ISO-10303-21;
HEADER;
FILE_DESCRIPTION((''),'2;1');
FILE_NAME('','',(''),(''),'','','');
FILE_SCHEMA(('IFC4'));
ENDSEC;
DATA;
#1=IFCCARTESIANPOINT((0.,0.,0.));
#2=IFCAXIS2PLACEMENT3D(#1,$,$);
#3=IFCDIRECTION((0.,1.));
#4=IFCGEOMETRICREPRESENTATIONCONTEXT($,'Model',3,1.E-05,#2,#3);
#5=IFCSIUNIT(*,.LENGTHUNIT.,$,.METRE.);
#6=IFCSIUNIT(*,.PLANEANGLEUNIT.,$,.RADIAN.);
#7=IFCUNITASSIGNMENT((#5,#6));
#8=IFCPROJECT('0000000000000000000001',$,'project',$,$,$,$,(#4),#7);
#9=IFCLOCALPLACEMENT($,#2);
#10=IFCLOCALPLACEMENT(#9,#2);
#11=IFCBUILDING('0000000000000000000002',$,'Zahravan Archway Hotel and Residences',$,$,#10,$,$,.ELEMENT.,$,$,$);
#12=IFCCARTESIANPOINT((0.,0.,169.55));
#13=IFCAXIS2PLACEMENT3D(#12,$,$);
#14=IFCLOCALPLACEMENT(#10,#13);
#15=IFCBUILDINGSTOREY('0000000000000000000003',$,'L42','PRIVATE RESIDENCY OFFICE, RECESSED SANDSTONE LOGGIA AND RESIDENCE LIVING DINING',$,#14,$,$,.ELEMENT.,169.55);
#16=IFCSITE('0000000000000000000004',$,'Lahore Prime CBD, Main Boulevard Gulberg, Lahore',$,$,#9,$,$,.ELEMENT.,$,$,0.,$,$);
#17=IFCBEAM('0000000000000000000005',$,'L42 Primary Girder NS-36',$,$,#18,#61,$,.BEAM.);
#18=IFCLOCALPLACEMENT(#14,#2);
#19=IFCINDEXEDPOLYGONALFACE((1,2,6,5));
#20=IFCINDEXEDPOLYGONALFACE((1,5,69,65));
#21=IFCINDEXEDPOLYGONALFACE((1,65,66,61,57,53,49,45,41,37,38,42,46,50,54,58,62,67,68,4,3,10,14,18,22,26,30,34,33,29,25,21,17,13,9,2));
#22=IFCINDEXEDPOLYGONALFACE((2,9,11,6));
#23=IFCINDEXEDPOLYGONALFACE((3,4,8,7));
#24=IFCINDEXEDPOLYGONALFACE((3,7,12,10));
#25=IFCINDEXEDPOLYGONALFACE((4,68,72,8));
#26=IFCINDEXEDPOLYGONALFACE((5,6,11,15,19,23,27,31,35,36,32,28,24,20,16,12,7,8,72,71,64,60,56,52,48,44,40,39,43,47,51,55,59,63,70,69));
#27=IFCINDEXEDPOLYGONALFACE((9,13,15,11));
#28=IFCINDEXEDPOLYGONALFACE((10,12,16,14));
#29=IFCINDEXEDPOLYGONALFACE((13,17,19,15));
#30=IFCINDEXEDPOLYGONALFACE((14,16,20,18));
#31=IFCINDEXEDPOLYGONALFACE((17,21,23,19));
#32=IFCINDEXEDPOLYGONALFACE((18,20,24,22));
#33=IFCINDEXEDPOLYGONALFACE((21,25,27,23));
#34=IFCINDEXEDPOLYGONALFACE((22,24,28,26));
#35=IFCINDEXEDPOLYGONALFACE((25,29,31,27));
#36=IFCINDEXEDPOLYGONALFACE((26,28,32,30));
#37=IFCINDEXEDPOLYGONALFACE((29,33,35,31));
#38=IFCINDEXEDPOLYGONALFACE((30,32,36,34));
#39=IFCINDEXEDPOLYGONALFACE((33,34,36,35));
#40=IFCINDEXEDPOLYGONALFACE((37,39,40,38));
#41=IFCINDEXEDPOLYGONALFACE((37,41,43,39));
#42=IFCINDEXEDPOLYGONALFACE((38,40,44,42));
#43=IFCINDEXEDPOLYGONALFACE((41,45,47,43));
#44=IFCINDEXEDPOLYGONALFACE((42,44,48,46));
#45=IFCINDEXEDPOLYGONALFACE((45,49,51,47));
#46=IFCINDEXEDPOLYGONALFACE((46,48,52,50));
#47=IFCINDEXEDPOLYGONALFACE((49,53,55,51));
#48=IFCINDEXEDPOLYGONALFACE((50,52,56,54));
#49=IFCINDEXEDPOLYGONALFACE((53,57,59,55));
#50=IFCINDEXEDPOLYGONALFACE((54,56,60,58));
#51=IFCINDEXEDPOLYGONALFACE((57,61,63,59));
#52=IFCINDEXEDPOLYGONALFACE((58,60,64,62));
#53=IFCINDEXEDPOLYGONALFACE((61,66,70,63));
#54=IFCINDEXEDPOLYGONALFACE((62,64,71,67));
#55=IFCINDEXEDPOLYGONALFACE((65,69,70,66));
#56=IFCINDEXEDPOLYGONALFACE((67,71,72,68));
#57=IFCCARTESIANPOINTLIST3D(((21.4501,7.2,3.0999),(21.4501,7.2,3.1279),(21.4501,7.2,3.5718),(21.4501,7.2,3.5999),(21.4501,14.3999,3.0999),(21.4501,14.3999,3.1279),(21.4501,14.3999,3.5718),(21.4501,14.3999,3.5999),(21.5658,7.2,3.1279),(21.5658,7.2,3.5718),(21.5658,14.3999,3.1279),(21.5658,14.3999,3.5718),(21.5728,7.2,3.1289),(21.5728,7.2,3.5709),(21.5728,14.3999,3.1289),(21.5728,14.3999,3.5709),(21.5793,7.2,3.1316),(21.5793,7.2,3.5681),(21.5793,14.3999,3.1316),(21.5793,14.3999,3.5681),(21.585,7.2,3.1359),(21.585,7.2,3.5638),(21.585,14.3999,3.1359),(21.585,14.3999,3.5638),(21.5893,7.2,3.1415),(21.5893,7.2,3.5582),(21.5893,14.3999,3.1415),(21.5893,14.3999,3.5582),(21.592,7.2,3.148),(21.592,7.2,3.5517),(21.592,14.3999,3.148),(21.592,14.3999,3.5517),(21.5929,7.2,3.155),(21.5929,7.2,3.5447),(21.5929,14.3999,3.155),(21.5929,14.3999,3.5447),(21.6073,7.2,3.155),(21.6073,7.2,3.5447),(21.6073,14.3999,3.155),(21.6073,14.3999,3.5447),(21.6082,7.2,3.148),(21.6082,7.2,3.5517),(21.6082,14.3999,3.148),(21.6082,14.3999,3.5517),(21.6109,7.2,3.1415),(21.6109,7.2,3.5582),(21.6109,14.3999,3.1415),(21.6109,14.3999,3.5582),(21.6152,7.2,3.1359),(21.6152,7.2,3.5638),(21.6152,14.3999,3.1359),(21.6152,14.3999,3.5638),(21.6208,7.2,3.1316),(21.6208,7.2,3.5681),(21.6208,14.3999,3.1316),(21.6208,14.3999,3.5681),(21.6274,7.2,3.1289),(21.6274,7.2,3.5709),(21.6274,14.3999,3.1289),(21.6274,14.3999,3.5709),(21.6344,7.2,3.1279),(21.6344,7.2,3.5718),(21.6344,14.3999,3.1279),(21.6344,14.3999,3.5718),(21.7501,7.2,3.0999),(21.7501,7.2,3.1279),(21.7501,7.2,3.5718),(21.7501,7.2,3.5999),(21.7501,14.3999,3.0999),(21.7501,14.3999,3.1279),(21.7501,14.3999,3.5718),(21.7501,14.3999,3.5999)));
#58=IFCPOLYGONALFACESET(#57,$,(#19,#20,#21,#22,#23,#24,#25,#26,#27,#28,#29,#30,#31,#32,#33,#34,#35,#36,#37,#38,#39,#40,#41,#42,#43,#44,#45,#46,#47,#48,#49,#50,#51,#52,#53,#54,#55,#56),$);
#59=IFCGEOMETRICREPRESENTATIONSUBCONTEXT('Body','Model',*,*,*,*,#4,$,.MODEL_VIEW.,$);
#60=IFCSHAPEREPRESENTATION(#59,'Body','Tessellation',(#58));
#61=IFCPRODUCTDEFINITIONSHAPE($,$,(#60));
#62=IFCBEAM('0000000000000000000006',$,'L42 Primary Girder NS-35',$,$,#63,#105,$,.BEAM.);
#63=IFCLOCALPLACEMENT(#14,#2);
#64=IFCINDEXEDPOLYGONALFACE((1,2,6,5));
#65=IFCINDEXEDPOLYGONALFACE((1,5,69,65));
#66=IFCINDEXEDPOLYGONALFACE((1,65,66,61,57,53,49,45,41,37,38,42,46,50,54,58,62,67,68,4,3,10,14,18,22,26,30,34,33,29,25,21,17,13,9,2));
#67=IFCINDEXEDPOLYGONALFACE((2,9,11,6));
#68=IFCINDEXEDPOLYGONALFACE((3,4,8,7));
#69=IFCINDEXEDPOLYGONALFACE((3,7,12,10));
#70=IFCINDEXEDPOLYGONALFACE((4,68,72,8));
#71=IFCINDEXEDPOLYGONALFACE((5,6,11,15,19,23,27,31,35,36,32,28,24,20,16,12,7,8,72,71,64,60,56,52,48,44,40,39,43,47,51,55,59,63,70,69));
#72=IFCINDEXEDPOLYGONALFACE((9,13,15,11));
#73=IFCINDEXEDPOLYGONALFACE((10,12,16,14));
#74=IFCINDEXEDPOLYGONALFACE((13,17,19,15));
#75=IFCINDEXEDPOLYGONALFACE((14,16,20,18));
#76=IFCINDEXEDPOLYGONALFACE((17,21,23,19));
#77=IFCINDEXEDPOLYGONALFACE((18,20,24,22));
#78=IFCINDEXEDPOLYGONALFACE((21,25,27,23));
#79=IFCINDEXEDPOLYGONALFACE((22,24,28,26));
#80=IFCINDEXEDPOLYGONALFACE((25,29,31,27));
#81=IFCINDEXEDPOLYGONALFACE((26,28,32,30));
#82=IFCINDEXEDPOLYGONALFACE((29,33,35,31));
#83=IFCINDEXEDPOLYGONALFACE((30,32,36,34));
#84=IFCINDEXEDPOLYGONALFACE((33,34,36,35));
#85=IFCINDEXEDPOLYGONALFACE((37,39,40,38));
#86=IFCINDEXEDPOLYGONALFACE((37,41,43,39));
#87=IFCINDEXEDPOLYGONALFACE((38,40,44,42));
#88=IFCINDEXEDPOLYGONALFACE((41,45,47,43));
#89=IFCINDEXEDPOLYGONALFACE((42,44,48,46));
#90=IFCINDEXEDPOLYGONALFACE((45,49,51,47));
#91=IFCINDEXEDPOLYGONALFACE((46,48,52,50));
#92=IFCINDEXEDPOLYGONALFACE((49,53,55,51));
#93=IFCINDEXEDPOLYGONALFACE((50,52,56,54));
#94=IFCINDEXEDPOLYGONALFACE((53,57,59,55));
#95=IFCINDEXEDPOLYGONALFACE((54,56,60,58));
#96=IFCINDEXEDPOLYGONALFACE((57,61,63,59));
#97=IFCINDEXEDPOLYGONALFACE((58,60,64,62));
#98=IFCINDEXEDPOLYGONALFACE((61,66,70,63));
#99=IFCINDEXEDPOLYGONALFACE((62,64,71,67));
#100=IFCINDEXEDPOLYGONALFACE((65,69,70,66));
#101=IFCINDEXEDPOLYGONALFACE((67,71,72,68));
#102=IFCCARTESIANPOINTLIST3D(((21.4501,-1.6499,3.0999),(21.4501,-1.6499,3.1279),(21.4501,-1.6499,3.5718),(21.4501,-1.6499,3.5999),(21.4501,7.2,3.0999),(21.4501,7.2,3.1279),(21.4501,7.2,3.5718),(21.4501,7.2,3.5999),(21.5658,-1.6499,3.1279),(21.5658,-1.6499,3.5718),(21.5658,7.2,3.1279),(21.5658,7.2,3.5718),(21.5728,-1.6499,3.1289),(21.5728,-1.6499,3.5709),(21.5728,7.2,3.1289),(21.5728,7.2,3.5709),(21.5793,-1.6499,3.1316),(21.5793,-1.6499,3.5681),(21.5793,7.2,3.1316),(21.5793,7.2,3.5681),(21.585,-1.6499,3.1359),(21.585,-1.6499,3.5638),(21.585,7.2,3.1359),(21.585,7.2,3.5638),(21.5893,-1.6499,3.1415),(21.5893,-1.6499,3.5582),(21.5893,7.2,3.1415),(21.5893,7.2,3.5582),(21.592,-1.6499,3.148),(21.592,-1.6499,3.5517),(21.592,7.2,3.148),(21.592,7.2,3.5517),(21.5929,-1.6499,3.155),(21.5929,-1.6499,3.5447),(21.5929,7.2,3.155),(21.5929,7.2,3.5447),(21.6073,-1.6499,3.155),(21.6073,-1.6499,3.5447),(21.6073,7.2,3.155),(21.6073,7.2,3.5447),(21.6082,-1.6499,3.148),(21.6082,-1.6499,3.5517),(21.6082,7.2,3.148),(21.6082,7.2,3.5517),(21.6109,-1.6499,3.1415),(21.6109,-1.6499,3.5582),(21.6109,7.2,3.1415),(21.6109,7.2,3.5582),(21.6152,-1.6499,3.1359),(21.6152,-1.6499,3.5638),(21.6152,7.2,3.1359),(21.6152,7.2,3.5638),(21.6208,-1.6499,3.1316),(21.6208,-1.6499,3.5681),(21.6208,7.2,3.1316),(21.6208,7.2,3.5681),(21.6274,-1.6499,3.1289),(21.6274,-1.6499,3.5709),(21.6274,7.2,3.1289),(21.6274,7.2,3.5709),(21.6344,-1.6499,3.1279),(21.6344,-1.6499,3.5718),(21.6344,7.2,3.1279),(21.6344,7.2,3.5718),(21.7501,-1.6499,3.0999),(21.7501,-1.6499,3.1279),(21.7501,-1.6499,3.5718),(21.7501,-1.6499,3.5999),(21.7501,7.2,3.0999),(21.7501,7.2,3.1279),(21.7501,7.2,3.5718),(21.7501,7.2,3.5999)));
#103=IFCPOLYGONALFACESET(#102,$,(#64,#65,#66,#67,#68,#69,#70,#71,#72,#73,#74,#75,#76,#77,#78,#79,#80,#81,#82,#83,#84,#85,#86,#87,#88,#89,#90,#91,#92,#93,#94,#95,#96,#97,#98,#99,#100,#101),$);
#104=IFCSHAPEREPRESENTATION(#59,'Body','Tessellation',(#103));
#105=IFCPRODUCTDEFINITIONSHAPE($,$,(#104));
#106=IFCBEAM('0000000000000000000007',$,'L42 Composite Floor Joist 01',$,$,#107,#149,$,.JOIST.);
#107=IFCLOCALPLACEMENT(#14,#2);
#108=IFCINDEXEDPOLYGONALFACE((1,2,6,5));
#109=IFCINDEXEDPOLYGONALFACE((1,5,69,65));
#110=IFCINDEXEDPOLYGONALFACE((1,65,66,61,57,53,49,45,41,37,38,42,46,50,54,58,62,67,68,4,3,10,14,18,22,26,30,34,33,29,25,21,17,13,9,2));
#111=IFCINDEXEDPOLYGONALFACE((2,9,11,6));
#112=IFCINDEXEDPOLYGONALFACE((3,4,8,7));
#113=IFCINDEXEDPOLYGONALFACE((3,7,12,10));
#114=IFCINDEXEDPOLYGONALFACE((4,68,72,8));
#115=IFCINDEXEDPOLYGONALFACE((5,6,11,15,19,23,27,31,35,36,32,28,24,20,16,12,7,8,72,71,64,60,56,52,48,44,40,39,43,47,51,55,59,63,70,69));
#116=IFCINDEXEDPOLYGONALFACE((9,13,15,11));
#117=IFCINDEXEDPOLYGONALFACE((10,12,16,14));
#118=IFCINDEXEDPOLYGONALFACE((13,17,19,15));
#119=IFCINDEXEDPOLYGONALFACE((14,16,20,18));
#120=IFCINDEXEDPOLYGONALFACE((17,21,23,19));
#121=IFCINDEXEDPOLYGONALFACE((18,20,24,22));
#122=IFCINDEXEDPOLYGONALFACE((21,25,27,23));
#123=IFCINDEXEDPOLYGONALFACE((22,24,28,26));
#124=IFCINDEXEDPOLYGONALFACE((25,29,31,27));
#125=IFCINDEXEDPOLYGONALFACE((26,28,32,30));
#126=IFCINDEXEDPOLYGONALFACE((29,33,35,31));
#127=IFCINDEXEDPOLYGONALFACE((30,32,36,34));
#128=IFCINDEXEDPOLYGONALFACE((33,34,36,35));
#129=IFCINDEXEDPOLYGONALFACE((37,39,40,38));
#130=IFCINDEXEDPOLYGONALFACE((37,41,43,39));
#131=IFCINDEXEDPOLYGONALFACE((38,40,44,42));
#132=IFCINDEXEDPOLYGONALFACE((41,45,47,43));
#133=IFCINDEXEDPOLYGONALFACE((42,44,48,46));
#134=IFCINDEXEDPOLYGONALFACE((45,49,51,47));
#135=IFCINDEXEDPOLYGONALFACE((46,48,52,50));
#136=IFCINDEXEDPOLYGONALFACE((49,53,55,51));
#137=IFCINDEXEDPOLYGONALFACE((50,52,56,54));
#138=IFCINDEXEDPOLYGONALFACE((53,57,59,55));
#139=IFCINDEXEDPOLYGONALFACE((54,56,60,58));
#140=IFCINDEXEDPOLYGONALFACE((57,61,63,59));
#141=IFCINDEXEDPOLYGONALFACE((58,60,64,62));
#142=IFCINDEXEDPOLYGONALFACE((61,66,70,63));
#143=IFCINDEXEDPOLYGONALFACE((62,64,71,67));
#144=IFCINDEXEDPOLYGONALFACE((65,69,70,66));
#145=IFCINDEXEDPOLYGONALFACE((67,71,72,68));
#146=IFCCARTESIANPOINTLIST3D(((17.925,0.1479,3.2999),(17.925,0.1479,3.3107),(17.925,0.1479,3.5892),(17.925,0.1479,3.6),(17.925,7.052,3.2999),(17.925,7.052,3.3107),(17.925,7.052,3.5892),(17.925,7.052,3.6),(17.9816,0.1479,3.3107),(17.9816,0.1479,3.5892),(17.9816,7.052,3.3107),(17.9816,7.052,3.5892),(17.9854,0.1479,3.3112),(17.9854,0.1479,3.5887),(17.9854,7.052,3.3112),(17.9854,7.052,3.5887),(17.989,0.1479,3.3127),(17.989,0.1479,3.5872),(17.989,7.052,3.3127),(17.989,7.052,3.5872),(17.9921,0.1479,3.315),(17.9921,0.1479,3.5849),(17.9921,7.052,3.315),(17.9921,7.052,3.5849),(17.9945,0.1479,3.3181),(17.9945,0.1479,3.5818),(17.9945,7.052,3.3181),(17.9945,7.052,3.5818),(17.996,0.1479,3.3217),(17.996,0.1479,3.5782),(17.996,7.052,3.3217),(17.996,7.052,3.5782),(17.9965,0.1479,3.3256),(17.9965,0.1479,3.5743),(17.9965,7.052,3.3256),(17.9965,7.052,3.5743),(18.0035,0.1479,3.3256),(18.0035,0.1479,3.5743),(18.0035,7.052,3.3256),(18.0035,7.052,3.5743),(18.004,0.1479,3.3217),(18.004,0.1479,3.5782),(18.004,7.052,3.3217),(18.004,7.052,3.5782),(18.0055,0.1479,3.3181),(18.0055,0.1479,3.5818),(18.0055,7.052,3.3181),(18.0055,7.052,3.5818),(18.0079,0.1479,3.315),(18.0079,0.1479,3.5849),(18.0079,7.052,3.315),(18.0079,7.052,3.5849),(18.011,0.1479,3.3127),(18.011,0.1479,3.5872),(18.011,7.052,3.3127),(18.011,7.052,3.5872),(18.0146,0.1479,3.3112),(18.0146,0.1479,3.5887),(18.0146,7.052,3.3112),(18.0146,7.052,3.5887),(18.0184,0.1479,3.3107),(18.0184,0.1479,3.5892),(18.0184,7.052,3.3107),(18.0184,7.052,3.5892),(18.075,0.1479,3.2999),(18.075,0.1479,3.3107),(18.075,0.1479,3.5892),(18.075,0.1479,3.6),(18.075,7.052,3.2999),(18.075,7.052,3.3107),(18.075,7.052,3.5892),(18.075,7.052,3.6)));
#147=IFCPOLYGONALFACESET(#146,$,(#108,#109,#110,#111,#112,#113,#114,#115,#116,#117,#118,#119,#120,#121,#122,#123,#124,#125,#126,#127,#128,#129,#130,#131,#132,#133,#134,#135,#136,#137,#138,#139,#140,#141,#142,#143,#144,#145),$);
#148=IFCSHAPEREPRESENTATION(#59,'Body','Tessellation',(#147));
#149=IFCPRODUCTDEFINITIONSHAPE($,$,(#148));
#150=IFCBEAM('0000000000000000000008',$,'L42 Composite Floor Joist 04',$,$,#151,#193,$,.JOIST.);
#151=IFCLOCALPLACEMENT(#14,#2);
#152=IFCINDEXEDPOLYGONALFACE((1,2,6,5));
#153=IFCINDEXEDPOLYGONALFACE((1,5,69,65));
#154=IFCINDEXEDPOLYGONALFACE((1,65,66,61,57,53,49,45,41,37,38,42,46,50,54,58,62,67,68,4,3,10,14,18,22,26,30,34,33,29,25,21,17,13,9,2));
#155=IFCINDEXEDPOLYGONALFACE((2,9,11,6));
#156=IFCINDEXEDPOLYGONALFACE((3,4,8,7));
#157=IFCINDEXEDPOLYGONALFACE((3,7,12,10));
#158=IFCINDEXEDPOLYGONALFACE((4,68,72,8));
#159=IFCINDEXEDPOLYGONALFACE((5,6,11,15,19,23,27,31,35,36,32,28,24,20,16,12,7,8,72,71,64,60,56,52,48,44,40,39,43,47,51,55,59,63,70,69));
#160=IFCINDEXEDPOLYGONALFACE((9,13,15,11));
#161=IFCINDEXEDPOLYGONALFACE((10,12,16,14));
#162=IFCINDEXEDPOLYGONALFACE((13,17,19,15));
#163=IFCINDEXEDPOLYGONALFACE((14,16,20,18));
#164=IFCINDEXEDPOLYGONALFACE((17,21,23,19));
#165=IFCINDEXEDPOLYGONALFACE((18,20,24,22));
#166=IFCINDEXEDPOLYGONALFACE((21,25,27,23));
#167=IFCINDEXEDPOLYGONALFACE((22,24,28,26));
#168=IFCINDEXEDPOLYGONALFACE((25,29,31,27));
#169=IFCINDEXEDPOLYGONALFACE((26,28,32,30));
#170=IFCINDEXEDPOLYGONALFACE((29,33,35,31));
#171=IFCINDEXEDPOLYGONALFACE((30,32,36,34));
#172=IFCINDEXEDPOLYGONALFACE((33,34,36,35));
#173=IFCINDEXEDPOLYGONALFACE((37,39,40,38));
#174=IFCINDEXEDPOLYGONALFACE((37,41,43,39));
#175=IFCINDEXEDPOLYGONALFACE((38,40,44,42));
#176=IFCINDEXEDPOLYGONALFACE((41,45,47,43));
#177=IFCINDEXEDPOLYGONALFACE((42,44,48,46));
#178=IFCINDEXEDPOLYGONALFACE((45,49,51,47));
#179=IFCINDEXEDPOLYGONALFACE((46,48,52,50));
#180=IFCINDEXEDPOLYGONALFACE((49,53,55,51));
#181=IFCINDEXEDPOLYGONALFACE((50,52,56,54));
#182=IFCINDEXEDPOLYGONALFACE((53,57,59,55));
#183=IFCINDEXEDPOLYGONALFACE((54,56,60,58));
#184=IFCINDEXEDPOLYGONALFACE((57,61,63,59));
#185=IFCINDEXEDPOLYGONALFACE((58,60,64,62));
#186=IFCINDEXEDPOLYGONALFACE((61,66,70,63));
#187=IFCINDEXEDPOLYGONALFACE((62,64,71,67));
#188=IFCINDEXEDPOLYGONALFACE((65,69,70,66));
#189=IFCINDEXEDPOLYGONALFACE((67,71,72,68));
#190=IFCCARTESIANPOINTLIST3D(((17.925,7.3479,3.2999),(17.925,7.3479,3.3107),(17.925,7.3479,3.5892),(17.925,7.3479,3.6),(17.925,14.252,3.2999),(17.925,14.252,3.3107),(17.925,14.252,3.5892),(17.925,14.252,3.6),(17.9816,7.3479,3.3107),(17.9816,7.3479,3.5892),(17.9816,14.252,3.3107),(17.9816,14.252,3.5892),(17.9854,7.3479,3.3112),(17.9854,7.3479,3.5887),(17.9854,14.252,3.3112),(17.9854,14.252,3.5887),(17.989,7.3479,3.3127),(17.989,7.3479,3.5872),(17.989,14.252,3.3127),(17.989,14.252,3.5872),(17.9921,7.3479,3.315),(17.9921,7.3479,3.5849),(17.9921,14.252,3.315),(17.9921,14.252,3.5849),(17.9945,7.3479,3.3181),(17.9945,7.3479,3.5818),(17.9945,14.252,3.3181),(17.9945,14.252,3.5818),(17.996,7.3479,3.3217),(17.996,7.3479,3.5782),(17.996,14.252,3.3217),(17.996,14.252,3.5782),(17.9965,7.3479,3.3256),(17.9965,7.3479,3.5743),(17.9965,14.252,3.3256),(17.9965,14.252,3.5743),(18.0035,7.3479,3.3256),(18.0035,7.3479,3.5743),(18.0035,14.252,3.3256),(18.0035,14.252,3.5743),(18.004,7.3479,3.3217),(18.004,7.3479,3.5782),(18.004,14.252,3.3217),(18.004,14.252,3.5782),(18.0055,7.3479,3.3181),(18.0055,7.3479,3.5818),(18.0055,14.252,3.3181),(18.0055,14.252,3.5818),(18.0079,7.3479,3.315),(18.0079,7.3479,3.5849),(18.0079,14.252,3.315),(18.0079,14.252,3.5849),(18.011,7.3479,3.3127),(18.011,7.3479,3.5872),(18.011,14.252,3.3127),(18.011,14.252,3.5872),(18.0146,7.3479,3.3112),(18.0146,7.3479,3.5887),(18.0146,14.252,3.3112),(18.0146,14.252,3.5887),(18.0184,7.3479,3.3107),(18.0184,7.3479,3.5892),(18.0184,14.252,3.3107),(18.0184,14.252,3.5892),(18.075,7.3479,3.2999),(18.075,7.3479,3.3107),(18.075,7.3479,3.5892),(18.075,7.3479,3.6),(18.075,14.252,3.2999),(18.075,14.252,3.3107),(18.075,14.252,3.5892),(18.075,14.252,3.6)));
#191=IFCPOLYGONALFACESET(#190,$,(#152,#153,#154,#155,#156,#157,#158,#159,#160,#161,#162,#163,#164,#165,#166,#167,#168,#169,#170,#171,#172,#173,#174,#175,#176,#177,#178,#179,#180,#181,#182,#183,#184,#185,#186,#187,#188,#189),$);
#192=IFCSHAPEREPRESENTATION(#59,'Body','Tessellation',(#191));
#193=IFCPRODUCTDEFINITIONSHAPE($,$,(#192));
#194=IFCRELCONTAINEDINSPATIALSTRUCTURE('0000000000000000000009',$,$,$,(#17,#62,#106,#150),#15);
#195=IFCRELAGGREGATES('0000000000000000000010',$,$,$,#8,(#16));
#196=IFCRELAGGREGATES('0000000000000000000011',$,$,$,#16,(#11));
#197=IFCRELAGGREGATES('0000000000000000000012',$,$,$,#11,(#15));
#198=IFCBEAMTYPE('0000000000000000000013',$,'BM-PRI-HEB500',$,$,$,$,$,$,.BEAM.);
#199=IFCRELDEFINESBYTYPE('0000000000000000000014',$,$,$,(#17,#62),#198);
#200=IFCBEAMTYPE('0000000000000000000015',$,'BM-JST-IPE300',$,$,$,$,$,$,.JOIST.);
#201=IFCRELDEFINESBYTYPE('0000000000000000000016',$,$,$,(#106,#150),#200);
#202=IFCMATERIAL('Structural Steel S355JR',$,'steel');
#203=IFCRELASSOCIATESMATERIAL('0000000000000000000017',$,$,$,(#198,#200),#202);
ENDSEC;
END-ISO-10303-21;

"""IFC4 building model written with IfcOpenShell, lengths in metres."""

from ifc_helpers import new_model, si_unit, direction, frame, origin, origin_2d, place, context, subcontext, project, spatial, i_section, extrude, source, transform, mapped, material, material_profile, profile_set, type_object, type_shapes, element, save


model = new_model("IFC4")

# Units and contexts
model_context = context("Model", 3, precision=1e-05, world=origin(), true_north=direction((0.0, 1.0)))
body_context = subcontext(model_context, "Body", "Model", "MODEL_VIEW")
ifc_project = project(units=[si_unit("LENGTHUNIT", "METRE"), si_unit("PLANEANGLEUNIT", "RADIAN")], contexts=[model_context])

# Site, building, storey
site_placement = place(None, origin())
site = spatial("IfcSite", under=ifc_project, at=site_placement, Name="Lahore Prime CBD, Main Boulevard Gulberg, Lahore", CompositionType="ELEMENT", RefElevation=0.0)
building_placement = place(site_placement, origin())
building = spatial("IfcBuilding", under=site, at=building_placement, Name="Zahravan Archway Hotel and Residences", CompositionType="ELEMENT")
storey_placement = place(building_placement, frame((0.0, 0.0, 169.55)))
storey = spatial("IfcBuildingStorey", under=building, at=storey_placement, Name="L42", Description="PRIVATE RESIDENCY OFFICE, RECESSED SANDSTONE LOGGIA AND RESIDENCE LIVING DINING", CompositionType="ELEMENT", Elevation=169.55)

# Beams
ifc_material_1 = material(Name="Structural Steel S355JR", Category="steel")
ifc_material_profile_1 = material_profile(ifc_material_1, i_section(OverallWidth=0.3, OverallDepth=0.5, WebThickness=0.0144, FlangeThickness=0.0281, FilletRadius=0.0271, at=origin_2d()), Name="HEB 500", Category="steel")
ifc_profile_set_1 = profile_set([ifc_material_profile_1], Name="Structural Steel S355JR")
beam_type_1 = type_object("IfcBeamType", Name="BM-PRI-HEB500", PredefinedType="BEAM", material=ifc_profile_set_1)
shared_shape_1 = source(origin(), body_context, "Body", "SweptSolid", [
    extrude(i_section(OverallWidth=0.3, OverallDepth=0.5, WebThickness=0.0144, FlangeThickness=0.0281, FilletRadius=0.0271, at=origin_2d()), origin(), (0.0, 0.0, 1.0), 7.2),
])
for number, where, z_axis, x_axis, name in (
    (1, (21.6001, 7.2, 3.3499), (0.0, 1.0, 0.0), (-1.0, 0.0, 0.0), "L42 Primary Girder NS-36"),
):
    element("IfcBeam", number, at=place(storey_placement, frame(where, z_axis=z_axis, x_axis=x_axis)), inside=storey, type_object=beam_type_1, Name=name, PredefinedType="BEAM", context=body_context, shape_type="MappedRepresentation", body=[
        mapped(shared_shape_1, transform((0.0, 0.0, 0.0), scale=1.0)),
    ])
shared_shape_2 = source(origin(), body_context, "Body", "SweptSolid", [
    extrude(i_section(OverallWidth=0.3, OverallDepth=0.5, WebThickness=0.0144, FlangeThickness=0.0281, FilletRadius=0.0271, at=origin_2d()), origin(), (0.0, 0.0, 1.0), 8.8499),
])
beam_1_placement = place(storey_placement, frame((21.6001, -1.6499, 3.3499), z_axis=(0.0, 1.0, 0.0), x_axis=(-1.0, 0.0, 0.0)))
element("IfcBeam", 2, at=beam_1_placement, inside=storey, type_object=beam_type_1, Name="L42 Primary Girder NS-35", PredefinedType="BEAM", context=body_context, shape_type="MappedRepresentation", body=[
    mapped(shared_shape_2, transform((0.0, 0.0, 0.0), scale=1.0)),
])
ifc_material_profile_2 = material_profile(ifc_material_1, i_section(OverallWidth=0.1499, OverallDepth=0.3, WebThickness=0.0071, FlangeThickness=0.0107, FilletRadius=0.0149, at=origin_2d()), Name="IPE 300", Category="steel")
ifc_profile_set_2 = profile_set([ifc_material_profile_2], Name="Structural Steel S355JR")
beam_type_2 = type_object("IfcBeamType", Name="BM-JST-IPE300", PredefinedType="JOIST", material=ifc_profile_set_2)
shared_shape_3 = source(origin(), body_context, "Body", "SweptSolid", [
    extrude(i_section(OverallWidth=0.1499, OverallDepth=0.3, WebThickness=0.0071, FlangeThickness=0.0107, FilletRadius=0.0149, at=origin_2d()), origin(), (0.0, 0.0, 1.0), 6.9041),
])
type_shapes(beam_type_2, [shared_shape_3])
for number, where, z_axis, x_axis, name in (
    (3, (18.0, 0.1479, 3.45), (0.0, 1.0, 0.0), (-1.0, 0.0, 0.0), "L42 Composite Floor Joist 01"),
    (4, (18.0, 7.3479, 3.45), (0.0, 1.0, 0.0), (-1.0, 0.0, 0.0), "L42 Composite Floor Joist 04"),
):
    element("IfcBeam", number, at=place(storey_placement, frame(where, z_axis=z_axis, x_axis=x_axis)), inside=storey, type_object=beam_type_2, Name=name, PredefinedType="JOIST", context=body_context, shape_type="MappedRepresentation", body=[
        mapped(shared_shape_3, transform((0.0, 0.0, 0.0), scale=1.0)),
    ])

save(model, "model.ifc")
